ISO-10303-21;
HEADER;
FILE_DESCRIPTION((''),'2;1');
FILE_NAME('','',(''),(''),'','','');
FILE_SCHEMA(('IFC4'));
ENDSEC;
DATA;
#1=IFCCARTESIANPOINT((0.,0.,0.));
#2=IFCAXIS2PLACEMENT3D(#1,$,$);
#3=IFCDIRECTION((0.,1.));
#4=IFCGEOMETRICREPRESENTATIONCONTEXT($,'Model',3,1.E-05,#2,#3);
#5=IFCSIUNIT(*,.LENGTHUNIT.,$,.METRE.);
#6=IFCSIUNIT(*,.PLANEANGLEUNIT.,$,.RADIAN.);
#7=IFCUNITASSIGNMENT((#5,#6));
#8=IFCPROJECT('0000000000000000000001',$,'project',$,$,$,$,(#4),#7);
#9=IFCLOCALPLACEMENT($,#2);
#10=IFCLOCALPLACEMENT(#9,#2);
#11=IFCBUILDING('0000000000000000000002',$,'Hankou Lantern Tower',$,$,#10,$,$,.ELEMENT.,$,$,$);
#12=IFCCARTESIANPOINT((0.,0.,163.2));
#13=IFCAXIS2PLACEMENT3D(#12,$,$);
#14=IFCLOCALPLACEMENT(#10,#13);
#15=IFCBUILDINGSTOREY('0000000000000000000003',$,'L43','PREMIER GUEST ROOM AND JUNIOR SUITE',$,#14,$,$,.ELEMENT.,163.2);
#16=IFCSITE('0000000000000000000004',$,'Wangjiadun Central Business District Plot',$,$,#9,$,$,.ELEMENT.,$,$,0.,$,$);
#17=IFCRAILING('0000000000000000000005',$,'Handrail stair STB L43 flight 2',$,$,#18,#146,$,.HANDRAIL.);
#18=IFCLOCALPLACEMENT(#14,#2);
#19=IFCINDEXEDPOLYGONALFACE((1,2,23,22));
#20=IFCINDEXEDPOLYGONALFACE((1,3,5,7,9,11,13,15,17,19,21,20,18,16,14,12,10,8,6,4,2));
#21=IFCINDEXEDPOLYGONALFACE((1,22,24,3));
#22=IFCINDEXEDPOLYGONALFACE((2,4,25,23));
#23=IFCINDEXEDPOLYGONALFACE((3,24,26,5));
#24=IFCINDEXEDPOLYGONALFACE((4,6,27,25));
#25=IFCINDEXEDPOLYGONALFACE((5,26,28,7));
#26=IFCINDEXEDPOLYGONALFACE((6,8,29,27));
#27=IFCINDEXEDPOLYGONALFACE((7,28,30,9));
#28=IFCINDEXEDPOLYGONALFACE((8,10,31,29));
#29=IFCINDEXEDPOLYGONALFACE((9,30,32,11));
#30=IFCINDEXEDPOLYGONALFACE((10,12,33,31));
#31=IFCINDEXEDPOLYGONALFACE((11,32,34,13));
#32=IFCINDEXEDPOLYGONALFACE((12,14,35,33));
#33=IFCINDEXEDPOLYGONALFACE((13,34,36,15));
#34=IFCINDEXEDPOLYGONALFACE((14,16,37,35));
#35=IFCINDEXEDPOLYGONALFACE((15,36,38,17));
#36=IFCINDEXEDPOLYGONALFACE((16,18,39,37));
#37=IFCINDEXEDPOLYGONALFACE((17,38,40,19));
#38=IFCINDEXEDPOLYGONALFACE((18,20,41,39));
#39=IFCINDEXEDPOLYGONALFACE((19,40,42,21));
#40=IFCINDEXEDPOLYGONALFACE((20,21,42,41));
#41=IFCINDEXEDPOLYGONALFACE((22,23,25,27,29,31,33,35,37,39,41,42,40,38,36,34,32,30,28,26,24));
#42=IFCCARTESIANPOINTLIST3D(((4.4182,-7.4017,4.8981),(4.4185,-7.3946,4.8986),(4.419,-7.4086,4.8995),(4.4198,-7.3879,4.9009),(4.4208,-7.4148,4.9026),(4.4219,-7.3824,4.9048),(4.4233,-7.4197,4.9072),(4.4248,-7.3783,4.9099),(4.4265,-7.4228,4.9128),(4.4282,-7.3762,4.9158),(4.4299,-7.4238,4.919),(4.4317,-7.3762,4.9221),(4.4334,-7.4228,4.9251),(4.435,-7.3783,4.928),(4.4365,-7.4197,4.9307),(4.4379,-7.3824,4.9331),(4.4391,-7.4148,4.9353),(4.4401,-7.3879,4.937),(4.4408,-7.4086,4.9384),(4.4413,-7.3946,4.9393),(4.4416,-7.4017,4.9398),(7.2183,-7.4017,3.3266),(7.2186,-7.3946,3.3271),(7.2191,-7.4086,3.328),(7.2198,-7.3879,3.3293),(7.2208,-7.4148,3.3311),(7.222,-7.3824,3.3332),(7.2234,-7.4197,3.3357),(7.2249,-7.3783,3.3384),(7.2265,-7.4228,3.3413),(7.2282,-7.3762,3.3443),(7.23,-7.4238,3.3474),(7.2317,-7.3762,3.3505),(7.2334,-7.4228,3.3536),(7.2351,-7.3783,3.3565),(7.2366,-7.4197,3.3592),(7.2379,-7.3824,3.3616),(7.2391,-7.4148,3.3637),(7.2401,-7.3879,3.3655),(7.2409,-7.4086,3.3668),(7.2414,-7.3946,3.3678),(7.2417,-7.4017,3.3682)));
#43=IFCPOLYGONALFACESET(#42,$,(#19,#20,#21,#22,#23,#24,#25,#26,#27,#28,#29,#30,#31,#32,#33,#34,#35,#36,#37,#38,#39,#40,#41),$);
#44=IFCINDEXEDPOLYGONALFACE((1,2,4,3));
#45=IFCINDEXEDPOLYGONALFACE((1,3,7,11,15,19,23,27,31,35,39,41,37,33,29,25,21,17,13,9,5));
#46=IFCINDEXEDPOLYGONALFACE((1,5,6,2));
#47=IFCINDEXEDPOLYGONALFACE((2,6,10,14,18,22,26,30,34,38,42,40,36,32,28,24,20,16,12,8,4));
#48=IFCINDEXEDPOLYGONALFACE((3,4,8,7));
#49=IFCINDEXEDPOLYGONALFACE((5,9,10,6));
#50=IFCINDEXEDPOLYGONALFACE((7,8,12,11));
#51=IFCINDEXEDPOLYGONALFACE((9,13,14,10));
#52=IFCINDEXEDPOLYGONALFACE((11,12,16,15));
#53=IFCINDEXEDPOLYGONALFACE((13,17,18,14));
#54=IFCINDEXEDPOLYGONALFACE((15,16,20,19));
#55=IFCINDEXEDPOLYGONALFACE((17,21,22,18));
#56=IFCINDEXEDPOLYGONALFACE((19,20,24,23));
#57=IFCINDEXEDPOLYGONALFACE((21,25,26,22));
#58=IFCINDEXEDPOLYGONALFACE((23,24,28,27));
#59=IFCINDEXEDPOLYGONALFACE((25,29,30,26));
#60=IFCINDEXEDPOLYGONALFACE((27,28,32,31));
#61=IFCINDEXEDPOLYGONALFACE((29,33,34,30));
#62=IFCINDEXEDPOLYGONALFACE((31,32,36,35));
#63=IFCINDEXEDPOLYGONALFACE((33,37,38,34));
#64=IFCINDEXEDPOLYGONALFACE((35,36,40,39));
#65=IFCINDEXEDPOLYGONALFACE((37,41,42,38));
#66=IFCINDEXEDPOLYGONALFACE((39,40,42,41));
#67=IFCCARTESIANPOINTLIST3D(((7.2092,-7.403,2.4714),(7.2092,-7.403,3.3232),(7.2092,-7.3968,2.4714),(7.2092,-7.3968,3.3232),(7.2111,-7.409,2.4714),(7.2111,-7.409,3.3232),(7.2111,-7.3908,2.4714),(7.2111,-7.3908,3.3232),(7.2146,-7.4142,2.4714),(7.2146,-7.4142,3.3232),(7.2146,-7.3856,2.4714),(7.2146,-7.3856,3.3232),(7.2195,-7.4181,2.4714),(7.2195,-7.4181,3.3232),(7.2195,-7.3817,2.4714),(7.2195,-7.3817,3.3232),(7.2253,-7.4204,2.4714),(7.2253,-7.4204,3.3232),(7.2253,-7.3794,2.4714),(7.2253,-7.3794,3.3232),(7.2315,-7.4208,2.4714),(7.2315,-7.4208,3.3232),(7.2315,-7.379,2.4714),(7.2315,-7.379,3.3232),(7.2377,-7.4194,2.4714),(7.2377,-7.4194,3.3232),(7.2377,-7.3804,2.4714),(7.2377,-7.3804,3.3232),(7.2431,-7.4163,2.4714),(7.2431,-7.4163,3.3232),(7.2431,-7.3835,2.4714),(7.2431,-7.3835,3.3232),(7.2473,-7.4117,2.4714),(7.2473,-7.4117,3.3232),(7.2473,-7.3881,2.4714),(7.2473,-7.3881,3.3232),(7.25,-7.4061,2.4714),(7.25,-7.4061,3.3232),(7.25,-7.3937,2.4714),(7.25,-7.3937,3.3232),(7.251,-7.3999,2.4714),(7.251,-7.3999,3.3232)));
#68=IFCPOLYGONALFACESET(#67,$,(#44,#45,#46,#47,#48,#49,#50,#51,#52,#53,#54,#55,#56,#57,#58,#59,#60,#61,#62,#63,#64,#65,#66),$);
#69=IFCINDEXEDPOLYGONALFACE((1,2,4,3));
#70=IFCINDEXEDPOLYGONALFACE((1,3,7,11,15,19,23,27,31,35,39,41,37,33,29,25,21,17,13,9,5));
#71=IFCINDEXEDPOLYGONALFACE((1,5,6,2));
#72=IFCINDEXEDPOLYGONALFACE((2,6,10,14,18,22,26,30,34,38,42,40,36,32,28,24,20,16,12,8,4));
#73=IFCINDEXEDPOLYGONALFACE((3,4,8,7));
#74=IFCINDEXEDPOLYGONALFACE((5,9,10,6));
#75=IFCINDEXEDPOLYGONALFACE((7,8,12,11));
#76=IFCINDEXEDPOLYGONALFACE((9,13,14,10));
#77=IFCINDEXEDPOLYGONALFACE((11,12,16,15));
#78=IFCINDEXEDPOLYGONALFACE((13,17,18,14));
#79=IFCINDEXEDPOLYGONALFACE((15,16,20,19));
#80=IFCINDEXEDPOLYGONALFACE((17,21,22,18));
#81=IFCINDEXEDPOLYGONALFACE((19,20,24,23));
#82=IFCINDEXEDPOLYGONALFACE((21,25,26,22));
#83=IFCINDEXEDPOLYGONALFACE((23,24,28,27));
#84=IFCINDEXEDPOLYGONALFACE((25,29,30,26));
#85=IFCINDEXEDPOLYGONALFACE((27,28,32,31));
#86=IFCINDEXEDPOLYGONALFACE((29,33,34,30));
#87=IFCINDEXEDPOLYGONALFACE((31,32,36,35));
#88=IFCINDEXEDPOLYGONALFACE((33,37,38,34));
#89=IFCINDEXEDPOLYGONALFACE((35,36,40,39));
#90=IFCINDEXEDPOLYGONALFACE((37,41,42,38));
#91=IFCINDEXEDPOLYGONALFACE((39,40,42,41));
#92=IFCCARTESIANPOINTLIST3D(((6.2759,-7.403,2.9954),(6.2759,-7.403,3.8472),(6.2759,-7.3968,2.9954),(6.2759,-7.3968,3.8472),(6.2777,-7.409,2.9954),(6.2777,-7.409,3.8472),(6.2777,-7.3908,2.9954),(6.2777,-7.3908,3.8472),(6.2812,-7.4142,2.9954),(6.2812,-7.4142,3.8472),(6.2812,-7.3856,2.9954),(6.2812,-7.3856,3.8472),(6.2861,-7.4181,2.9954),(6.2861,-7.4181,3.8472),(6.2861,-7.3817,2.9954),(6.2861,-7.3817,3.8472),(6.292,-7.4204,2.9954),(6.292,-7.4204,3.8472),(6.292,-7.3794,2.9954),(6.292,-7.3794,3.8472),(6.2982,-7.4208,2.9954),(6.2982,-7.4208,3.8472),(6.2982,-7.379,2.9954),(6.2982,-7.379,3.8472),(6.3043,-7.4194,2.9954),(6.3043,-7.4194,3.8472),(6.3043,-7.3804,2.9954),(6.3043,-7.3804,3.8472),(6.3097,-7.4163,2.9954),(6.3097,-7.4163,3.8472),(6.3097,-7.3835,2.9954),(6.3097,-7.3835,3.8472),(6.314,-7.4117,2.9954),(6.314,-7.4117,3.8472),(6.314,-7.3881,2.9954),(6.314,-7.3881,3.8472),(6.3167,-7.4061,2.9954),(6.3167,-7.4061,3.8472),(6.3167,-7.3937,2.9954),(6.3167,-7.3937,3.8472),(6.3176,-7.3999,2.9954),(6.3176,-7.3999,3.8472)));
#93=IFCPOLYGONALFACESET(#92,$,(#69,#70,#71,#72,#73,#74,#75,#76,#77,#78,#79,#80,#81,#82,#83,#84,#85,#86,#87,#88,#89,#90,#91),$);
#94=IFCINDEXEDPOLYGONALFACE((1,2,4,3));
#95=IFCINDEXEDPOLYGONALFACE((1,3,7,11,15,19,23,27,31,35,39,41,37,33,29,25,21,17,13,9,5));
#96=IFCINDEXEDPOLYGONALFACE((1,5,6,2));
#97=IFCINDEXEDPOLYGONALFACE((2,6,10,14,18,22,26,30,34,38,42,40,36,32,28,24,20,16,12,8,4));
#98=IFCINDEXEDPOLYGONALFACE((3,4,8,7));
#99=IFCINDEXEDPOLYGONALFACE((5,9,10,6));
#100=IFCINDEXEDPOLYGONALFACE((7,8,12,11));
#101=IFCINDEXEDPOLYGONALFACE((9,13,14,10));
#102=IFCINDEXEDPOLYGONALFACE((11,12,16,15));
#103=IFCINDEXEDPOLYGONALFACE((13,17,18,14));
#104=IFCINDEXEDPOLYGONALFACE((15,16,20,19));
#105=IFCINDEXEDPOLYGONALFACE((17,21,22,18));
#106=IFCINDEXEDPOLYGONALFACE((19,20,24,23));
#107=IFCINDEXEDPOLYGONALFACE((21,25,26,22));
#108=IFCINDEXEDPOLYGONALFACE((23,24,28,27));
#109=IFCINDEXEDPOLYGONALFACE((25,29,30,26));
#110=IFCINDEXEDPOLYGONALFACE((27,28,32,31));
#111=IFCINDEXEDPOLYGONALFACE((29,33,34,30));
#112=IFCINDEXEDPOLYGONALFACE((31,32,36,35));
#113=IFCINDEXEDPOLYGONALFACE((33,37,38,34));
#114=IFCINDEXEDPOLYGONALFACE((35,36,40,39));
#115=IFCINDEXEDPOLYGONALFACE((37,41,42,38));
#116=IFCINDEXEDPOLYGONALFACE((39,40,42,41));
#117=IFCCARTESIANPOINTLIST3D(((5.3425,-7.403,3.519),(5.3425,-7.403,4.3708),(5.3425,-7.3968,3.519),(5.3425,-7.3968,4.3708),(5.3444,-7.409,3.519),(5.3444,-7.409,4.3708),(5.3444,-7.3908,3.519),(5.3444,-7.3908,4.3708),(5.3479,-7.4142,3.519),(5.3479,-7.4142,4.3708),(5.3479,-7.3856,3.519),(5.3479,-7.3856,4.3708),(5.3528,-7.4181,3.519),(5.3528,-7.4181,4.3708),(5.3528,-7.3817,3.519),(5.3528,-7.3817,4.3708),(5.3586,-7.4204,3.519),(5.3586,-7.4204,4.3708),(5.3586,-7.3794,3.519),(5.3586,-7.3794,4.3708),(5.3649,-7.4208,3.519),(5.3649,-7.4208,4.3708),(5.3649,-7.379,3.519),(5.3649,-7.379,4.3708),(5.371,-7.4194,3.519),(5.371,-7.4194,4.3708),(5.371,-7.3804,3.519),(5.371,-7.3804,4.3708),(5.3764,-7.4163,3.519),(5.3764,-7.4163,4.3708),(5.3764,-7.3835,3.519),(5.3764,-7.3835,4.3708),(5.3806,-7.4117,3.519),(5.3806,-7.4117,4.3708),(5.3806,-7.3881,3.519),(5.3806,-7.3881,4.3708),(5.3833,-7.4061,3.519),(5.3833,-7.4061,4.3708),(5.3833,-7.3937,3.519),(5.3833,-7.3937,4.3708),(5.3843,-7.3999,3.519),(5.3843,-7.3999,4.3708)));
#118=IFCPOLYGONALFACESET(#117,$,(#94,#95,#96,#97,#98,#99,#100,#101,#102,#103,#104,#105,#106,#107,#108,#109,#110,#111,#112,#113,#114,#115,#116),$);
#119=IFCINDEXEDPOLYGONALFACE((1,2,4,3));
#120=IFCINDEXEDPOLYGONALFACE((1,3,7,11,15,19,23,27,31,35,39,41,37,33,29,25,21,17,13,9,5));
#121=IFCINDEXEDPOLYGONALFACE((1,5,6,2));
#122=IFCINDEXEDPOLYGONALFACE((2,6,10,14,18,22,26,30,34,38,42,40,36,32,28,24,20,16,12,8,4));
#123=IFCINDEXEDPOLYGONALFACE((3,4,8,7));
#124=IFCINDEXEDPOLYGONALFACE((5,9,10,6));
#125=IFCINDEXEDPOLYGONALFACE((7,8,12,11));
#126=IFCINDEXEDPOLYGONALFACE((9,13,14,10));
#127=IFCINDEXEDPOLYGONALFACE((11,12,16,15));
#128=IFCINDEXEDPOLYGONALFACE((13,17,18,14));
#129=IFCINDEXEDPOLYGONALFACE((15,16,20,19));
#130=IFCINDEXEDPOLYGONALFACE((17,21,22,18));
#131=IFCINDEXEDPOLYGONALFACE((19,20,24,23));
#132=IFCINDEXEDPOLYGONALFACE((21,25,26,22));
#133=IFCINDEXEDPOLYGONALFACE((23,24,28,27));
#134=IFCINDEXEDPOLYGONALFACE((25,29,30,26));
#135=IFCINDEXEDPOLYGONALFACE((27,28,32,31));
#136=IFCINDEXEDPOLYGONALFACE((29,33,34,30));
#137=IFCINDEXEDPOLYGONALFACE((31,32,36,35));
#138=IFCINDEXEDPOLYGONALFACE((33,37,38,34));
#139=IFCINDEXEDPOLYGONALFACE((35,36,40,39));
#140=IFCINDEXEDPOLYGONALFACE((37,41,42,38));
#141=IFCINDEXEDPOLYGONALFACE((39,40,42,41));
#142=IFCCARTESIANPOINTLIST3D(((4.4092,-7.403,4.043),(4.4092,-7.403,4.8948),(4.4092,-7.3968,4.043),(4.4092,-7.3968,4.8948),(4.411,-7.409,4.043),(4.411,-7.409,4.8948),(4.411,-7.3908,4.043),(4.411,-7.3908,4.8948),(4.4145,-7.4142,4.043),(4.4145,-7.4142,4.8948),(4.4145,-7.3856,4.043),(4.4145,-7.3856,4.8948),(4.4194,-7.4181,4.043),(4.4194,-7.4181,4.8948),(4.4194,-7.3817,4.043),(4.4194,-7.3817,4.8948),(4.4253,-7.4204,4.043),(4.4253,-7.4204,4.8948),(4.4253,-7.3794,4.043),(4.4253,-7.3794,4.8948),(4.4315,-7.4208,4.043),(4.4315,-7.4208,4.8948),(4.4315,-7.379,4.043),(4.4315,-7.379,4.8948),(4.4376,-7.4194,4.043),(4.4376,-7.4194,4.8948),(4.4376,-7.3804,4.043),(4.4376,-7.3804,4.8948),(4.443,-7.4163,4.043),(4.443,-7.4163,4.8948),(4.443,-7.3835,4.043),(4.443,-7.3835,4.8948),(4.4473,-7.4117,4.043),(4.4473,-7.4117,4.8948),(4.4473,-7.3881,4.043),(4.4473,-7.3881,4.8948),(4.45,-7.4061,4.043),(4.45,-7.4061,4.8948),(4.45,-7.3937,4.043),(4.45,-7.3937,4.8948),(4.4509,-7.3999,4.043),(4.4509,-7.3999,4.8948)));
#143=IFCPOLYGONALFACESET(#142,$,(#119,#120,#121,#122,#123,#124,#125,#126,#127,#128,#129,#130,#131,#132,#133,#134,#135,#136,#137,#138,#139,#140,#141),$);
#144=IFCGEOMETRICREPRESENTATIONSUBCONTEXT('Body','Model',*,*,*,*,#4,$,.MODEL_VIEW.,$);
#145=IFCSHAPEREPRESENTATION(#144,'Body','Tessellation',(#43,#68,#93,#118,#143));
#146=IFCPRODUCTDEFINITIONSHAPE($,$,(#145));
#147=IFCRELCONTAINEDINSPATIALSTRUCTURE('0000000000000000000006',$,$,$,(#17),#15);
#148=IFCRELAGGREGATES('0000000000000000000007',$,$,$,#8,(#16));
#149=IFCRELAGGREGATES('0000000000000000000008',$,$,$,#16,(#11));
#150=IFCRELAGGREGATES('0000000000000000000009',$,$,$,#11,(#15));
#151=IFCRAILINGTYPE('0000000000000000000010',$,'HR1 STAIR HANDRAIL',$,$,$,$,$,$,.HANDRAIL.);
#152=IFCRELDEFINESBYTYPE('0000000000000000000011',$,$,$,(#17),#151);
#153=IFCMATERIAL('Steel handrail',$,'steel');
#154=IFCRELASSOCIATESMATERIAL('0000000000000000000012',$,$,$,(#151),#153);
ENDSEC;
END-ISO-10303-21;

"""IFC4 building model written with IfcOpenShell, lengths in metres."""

from ifc_helpers import new_model, si_unit, direction, frame, origin, origin_2d, place, context, subcontext, project, spatial, circle, extrude, material, type_object, element, save


model = new_model("IFC4")

# Units and contexts
model_context = context("Model", 3, precision=1e-05, world=origin(), true_north=direction((0.0, 1.0)))
body_context = subcontext(model_context, "Body", "Model", "MODEL_VIEW")
ifc_project = project(units=[si_unit("LENGTHUNIT", "METRE"), si_unit("PLANEANGLEUNIT", "RADIAN")], contexts=[model_context])

# Site, building, storey
site_placement = place(None, origin())
site = spatial("IfcSite", under=ifc_project, at=site_placement, Name="Wangjiadun Central Business District Plot", CompositionType="ELEMENT", RefElevation=0.0)
building_placement = place(site_placement, origin())
building = spatial("IfcBuilding", under=site, at=building_placement, Name="Hankou Lantern Tower", CompositionType="ELEMENT")
storey_placement = place(building_placement, frame((0.0, 0.0, 163.2)))
storey = spatial("IfcBuildingStorey", under=building, at=storey_placement, Name="L43", Description="PREMIER GUEST ROOM AND JUNIOR SUITE", CompositionType="ELEMENT", Elevation=163.2)

# Railing
ifc_material_1 = material(Name="Steel handrail", Category="steel")
railing_type = type_object("IfcRailingType", Name="HR1 STAIR HANDRAIL", PredefinedType="HANDRAIL", material=ifc_material_1)
railing_1_placement = place(storey_placement, frame((7.23, -7.3999, 2.4714)))
element("IfcRailing", 1, at=railing_1_placement, inside=storey, type_object=railing_type, Name="Handrail stair STB L43 flight 2", PredefinedType="HANDRAIL", context=body_context, shape_type="SweptSolid", body=[
    extrude(circle(Radius=0.0239, at=origin_2d()), frame((0.0, 0.0, 0.876), z_axis=(-0.87204, 0.0, 0.489434), x_axis=(0.0, -1.0, 0.0)), (0.0, 0.0, 1.0), 3.2109),
    extrude(circle(Radius=0.021, at=origin_2d()), origin(), (0.0, 0.0, 1.0), 0.8518),
    extrude(circle(Radius=0.021, at=origin_2d()), frame((-0.9333, 0.0, 0.5239)), (0.0, 0.0, 1.0), 0.8518),
    extrude(circle(Radius=0.021, at=origin_2d()), frame((-1.8667, 0.0, 1.0476)), (0.0, 0.0, 1.0), 0.8518),
    extrude(circle(Radius=0.021, at=origin_2d()), frame((-2.8, 0.0, 1.5715)), (0.0, 0.0, 1.0), 0.8518),
])

save(model, "model.ifc")
